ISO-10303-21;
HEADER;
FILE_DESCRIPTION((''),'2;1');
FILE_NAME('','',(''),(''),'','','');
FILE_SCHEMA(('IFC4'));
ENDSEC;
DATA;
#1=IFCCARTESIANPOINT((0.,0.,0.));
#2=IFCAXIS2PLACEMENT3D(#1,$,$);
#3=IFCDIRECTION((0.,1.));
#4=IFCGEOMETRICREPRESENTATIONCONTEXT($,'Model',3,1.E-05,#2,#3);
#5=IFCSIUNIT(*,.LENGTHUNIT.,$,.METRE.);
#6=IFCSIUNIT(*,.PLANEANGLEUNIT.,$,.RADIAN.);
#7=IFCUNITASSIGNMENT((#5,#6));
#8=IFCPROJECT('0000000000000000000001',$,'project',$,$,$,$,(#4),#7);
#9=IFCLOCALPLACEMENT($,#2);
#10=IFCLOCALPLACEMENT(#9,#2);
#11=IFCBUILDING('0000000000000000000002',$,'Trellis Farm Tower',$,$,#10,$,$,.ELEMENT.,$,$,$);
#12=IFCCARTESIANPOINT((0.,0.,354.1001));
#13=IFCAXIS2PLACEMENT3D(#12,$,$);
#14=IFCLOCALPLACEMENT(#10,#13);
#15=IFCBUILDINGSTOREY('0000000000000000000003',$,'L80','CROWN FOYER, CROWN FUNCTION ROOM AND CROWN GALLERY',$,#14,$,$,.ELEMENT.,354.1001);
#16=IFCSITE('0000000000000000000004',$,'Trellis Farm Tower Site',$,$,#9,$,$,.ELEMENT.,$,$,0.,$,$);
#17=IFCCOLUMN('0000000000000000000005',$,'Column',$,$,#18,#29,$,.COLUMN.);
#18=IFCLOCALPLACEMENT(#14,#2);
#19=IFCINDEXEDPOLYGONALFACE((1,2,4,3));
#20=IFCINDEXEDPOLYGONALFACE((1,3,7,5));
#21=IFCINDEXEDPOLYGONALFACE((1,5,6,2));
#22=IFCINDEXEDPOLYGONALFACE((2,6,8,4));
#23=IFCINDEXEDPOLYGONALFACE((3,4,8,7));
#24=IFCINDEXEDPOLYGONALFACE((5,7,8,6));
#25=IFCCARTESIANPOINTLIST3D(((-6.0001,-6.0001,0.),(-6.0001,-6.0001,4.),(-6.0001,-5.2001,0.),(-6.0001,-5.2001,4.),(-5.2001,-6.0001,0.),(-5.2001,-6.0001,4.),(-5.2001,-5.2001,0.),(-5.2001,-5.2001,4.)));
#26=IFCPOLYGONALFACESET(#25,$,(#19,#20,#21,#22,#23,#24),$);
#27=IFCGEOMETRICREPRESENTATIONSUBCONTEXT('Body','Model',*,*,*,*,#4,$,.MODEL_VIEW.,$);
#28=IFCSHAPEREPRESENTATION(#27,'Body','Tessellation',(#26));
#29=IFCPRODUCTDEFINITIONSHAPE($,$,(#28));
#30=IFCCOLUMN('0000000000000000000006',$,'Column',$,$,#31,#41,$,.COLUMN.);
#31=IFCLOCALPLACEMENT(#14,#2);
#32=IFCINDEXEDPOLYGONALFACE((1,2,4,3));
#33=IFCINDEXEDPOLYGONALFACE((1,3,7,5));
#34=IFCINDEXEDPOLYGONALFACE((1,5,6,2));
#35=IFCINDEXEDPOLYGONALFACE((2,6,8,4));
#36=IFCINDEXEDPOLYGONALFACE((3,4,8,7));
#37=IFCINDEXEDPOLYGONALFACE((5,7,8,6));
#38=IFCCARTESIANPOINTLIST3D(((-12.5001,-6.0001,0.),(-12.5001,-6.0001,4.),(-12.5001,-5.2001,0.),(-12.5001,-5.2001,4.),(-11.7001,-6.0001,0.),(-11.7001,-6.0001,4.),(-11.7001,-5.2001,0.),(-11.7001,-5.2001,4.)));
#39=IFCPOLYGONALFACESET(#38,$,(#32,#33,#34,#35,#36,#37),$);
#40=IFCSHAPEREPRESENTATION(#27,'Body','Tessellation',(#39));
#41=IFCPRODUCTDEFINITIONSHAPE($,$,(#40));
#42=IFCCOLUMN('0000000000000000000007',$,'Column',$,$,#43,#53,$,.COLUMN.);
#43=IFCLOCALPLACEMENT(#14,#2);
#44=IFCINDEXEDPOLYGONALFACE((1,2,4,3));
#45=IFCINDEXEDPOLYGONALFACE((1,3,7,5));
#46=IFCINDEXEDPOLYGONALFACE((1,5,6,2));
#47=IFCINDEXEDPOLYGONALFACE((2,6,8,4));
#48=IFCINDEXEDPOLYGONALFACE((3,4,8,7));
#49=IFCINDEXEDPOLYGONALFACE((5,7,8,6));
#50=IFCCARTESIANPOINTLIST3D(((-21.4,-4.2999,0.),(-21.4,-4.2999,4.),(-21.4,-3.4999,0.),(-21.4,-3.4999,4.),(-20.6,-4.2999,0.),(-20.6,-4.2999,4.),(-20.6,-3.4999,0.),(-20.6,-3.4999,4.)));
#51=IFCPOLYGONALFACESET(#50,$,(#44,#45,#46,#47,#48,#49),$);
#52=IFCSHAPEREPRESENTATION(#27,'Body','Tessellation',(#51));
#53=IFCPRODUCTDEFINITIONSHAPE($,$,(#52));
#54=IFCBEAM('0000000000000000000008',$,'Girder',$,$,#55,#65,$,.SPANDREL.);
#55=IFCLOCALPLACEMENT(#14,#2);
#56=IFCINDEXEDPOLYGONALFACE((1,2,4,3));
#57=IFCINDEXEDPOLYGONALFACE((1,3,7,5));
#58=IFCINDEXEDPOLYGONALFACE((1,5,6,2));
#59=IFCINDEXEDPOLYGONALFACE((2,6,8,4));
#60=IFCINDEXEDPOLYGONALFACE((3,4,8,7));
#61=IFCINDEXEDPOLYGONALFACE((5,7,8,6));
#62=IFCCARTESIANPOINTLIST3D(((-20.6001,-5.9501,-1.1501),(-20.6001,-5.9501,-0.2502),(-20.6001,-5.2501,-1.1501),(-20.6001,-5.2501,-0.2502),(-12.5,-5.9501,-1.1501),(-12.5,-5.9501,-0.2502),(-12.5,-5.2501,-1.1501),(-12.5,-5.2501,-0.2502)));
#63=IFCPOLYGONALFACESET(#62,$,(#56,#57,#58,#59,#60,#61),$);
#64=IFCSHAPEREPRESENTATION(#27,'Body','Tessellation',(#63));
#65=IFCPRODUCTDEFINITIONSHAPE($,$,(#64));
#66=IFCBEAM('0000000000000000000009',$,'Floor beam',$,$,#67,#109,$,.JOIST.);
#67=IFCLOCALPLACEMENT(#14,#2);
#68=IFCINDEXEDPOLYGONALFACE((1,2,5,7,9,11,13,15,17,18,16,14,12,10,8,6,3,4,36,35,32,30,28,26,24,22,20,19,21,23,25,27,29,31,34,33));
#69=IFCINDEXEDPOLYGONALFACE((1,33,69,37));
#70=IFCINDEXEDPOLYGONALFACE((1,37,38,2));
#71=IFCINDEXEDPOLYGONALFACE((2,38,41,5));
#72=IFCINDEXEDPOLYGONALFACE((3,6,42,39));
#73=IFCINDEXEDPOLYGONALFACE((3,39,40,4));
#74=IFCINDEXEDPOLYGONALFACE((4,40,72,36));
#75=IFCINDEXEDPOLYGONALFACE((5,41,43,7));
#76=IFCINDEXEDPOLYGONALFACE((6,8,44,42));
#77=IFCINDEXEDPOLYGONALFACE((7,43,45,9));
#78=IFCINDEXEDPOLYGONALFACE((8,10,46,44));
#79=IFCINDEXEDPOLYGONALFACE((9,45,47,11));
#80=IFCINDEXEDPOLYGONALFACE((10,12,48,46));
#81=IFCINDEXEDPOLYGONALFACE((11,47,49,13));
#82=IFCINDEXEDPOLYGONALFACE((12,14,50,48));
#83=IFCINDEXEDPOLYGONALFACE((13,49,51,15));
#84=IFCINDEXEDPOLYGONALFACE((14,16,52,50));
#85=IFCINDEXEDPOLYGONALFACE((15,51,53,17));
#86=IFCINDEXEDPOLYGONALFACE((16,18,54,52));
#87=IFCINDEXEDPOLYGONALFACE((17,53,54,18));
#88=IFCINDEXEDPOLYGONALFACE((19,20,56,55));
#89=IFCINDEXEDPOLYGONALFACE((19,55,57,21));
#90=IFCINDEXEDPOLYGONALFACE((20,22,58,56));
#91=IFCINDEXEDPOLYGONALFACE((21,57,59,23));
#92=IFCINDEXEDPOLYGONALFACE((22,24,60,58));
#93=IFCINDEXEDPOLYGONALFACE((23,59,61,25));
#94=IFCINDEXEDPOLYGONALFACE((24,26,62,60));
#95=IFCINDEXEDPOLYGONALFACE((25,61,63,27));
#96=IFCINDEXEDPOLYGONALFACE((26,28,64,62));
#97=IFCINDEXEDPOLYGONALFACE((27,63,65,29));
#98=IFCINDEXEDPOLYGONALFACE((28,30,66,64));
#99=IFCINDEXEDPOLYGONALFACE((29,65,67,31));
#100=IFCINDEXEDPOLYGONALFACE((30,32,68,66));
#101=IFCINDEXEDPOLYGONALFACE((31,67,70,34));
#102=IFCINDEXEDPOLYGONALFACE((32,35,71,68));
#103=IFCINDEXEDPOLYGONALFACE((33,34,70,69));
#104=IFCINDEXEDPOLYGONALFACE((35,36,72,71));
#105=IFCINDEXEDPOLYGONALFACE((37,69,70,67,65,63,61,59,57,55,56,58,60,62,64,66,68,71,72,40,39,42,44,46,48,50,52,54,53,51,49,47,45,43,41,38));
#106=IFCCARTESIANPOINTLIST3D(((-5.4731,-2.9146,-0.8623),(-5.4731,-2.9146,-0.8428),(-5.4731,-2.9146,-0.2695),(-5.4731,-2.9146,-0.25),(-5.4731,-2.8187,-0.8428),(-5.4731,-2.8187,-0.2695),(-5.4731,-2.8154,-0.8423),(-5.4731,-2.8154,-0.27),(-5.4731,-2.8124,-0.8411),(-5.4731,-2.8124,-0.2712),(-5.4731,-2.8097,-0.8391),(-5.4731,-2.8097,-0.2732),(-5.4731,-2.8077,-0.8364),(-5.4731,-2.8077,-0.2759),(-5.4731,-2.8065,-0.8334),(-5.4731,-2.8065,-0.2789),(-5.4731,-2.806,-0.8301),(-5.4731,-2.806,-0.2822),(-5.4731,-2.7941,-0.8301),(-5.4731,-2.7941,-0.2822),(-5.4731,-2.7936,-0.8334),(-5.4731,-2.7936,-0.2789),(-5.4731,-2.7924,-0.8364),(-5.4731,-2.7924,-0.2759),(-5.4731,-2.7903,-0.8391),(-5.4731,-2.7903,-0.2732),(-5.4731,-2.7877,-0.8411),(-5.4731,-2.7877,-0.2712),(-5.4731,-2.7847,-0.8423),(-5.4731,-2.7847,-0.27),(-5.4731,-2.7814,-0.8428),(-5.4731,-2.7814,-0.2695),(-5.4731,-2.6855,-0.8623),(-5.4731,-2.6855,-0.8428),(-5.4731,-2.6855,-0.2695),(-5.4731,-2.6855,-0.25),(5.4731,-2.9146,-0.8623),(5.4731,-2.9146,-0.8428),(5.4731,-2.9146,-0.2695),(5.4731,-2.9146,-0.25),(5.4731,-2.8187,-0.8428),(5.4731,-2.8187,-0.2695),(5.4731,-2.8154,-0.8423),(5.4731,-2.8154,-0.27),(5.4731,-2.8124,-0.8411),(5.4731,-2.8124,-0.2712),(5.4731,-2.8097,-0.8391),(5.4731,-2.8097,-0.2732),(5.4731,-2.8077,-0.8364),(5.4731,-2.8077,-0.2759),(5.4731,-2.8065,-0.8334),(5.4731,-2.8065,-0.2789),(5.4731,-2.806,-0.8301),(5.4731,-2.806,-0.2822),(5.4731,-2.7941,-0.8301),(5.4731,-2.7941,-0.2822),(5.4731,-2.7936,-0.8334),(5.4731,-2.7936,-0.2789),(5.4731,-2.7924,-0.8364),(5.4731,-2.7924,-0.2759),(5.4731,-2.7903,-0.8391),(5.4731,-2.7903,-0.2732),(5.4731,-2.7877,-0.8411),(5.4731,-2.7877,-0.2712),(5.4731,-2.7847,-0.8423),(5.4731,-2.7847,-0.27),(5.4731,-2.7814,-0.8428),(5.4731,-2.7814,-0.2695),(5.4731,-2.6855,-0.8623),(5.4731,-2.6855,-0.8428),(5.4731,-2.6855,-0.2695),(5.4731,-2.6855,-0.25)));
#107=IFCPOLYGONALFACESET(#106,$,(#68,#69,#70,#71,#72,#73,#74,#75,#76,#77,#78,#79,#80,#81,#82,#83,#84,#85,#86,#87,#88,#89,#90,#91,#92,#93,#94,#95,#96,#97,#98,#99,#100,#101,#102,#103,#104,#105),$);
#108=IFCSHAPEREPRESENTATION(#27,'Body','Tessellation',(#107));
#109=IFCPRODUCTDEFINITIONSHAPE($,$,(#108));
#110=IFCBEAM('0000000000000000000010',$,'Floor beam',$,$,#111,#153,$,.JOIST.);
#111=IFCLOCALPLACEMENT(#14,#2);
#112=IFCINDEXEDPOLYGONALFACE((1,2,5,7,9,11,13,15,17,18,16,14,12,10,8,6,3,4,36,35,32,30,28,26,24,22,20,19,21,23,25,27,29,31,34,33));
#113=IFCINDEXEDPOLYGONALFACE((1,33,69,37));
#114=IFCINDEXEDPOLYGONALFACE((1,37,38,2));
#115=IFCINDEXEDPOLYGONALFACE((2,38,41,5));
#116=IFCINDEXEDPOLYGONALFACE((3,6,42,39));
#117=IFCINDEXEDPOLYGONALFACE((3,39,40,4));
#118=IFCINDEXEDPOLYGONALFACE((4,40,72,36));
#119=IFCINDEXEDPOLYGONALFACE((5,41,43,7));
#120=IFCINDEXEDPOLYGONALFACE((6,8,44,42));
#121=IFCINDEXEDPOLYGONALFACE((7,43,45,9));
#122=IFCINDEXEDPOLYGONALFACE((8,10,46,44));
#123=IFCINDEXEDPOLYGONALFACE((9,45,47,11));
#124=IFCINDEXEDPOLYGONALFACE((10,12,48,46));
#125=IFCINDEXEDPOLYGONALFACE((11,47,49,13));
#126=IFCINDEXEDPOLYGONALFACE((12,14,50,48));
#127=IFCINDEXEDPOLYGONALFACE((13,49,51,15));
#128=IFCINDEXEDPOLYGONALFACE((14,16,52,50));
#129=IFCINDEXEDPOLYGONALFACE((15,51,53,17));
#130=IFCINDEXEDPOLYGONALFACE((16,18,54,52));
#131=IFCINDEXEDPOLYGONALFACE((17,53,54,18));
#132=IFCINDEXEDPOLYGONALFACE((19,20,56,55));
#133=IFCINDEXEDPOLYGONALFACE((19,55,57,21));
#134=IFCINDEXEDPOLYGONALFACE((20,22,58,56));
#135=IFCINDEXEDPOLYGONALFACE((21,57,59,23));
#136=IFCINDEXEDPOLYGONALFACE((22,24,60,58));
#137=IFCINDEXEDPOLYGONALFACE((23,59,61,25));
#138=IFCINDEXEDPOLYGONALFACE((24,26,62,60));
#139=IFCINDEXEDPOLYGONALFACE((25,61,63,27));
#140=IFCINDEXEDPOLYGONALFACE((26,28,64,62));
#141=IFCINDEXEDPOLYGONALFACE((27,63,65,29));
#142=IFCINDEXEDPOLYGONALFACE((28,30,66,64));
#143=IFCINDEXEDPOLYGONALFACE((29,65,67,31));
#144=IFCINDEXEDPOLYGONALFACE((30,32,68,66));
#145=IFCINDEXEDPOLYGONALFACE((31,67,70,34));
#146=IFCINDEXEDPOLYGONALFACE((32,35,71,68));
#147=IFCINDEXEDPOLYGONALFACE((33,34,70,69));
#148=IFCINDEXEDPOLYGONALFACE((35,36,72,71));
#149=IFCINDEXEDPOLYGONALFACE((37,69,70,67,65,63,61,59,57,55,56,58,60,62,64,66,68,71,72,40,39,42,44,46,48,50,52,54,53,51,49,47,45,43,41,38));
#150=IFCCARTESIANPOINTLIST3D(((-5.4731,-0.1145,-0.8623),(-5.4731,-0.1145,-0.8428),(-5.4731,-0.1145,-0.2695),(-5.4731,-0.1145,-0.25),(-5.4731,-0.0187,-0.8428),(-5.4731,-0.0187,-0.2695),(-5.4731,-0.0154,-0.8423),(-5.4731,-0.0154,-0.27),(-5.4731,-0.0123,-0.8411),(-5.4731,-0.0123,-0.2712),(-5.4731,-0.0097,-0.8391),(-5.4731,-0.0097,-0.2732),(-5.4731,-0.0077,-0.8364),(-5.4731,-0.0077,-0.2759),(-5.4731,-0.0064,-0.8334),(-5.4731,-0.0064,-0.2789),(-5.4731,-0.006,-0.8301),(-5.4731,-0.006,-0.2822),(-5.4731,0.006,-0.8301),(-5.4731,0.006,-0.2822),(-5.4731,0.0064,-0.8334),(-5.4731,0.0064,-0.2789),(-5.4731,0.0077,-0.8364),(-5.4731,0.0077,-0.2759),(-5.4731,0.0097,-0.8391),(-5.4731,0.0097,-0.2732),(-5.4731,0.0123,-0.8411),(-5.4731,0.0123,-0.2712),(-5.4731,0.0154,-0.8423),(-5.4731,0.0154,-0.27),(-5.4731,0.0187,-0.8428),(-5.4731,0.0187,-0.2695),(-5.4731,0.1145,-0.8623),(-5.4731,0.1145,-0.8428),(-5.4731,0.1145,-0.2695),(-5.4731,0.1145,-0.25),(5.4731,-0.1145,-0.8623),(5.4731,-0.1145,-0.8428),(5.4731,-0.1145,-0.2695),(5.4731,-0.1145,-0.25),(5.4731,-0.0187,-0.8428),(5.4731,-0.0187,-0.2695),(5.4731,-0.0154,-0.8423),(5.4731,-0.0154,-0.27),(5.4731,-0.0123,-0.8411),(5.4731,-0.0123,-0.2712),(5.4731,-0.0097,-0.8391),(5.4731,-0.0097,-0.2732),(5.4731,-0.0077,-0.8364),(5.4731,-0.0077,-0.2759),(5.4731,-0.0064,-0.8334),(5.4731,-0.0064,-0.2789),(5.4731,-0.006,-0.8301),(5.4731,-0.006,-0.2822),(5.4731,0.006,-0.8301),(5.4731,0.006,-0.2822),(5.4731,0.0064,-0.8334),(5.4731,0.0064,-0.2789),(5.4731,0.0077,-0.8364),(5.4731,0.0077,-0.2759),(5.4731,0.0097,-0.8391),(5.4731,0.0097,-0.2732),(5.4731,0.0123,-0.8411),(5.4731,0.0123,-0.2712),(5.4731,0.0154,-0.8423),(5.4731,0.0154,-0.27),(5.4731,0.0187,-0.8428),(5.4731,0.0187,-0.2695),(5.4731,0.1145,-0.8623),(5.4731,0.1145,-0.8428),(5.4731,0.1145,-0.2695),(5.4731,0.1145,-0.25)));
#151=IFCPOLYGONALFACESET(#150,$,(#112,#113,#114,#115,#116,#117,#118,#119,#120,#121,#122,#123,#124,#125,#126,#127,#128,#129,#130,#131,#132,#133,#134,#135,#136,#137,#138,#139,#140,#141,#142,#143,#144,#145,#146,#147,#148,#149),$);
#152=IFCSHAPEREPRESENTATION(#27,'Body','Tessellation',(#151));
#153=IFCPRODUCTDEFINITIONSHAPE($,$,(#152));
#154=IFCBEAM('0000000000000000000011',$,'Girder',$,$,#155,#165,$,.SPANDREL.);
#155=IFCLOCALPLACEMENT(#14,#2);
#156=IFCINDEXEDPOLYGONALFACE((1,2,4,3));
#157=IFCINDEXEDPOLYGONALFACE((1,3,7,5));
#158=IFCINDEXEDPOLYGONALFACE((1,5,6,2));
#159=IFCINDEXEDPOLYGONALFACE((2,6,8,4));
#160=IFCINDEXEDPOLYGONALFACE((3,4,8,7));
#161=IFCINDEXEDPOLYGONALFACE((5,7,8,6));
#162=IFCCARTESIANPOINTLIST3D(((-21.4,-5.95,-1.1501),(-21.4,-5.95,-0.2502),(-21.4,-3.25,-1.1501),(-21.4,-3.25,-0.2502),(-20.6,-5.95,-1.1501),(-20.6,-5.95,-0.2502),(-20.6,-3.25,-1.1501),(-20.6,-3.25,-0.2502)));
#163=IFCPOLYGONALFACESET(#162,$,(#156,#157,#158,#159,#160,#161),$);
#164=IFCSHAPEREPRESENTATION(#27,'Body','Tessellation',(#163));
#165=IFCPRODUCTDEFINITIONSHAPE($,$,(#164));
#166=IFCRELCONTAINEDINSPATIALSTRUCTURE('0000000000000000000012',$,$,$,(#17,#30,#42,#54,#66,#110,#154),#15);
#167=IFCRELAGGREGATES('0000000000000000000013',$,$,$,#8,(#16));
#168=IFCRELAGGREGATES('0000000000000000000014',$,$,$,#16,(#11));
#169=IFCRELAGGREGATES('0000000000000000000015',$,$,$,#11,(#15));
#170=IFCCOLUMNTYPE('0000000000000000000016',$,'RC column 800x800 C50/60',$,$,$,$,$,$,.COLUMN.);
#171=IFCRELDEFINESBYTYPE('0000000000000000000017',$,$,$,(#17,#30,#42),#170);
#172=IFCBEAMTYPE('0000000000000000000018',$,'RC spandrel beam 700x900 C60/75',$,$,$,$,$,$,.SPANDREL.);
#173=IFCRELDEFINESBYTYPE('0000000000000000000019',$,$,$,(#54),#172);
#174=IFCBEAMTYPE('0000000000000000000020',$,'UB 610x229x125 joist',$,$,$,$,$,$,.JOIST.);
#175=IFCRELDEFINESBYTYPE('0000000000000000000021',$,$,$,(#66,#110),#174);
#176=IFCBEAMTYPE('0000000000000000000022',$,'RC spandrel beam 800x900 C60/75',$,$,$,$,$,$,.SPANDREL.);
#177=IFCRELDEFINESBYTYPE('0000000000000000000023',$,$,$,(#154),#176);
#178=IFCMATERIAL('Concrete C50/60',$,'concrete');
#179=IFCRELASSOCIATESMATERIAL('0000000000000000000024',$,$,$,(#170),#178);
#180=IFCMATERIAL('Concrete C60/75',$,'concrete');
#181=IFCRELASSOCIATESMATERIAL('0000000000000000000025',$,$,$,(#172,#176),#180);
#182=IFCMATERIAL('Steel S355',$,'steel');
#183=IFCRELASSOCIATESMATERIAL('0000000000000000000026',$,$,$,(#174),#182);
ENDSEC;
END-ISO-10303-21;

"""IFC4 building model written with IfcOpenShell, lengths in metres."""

from ifc_helpers import new_model, si_unit, direction, frame, origin, origin_2d, place, context, subcontext, project, spatial, rectangle, i_section, extrude, source, transform, mapped, material, material_profile, profile_set, type_object, element, save


model = new_model("IFC4")

# Units and contexts
model_context = context("Model", 3, precision=1e-05, world=origin(), true_north=direction((0.0, 1.0)))
body_context = subcontext(model_context, "Body", "Model", "MODEL_VIEW")
ifc_project = project(units=[si_unit("LENGTHUNIT", "METRE"), si_unit("PLANEANGLEUNIT", "RADIAN")], contexts=[model_context])

# Site, building, storey
site_placement = place(None, origin())
site = spatial("IfcSite", under=ifc_project, at=site_placement, Name="Trellis Farm Tower Site", CompositionType="ELEMENT", RefElevation=0.0)
building_placement = place(site_placement, origin())
building = spatial("IfcBuilding", under=site, at=building_placement, Name="Trellis Farm Tower", CompositionType="ELEMENT")
storey_placement = place(building_placement, frame((0.0, 0.0, 354.1001)))
storey = spatial("IfcBuildingStorey", under=building, at=storey_placement, Name="L80", Description="CROWN FOYER, CROWN FUNCTION ROOM AND CROWN GALLERY", CompositionType="ELEMENT", Elevation=354.1001)

# Columns
ifc_material_1 = material(Name="Concrete C50/60", Category="concrete")
ifc_material_profile_1 = material_profile(ifc_material_1, rectangle(XDim=0.8, YDim=0.8, at=origin_2d()), Name="RC column 800x800 C50/60")
ifc_profile_set_1 = profile_set([ifc_material_profile_1], Name="Concrete C50/60")
column_type = type_object("IfcColumnType", Name="RC column 800x800 C50/60", PredefinedType="COLUMN", material=ifc_profile_set_1)
shared_shape_1 = source(origin(), body_context, "Body", "SweptSolid", [
    extrude(rectangle(XDim=0.8, YDim=0.8, at=origin_2d()), origin(), (0.0, 0.0, 1.0), 4.0),
])
for number, where, z_axis, x_axis, name in (
    (1, (-5.6001, -5.6001, 0.0), (0.0, 0.0, 1.0), (1.0, 0.0, 0.0), "Column"),
    (2, (-12.1001, -5.6001, 0.0), (0.0, 0.0, 1.0), (1.0, 0.0, 0.0), "Column"),
    (3, (-21.0, -3.8999, 0.0), (0.0, 0.0, 1.0), (1.0, 0.0, 0.0), "Column"),
):
    element("IfcColumn", number, at=place(storey_placement, frame(where, z_axis=z_axis, x_axis=x_axis)), inside=storey, type_object=column_type, Name=name, PredefinedType="COLUMN", context=body_context, shape_type="MappedRepresentation", body=[
        mapped(shared_shape_1, transform((0.0, 0.0, 0.0))),
    ])

# Beams
ifc_material_2 = material(Name="Concrete C60/75", Category="concrete")
ifc_material_profile_2 = material_profile(ifc_material_2, rectangle(XDim=0.7, YDim=0.8999, at=origin_2d()), Name="RC spandrel beam 700x900 C60/75")
ifc_profile_set_2 = profile_set([ifc_material_profile_2], Name="Concrete C60/75")
beam_type_1 = type_object("IfcBeamType", Name="RC spandrel beam 700x900 C60/75", PredefinedType="SPANDREL", material=ifc_profile_set_2)
shared_shape_2 = source(origin(), body_context, "Body", "SweptSolid", [
    extrude(rectangle(XDim=0.7, YDim=0.8999, at=origin_2d()), origin(), (0.0, 0.0, 1.0), 8.1001),
])
beam_1_placement = place(storey_placement, frame((-20.6001, -5.6001, -0.7002), z_axis=(1.0, 0.0, 0.0), x_axis=(0.0, 1.0, 0.0)))
element("IfcBeam", 4, at=beam_1_placement, inside=storey, type_object=beam_type_1, Name="Girder", PredefinedType="SPANDREL", context=body_context, shape_type="MappedRepresentation", body=[
    mapped(shared_shape_2, transform((0.0, 0.0, 0.0))),
])
ifc_material_3 = material(Name="Steel S355", Category="steel")
ifc_material_profile_3 = material_profile(ifc_material_3, i_section(OverallWidth=0.229, OverallDepth=0.6123, WebThickness=0.012, FlangeThickness=0.0195, FilletRadius=0.0127, at=origin_2d()), Name="UB 610x229x125")
ifc_profile_set_3 = profile_set([ifc_material_profile_3], Name="Steel S355")
beam_type_2 = type_object("IfcBeamType", Name="UB 610x229x125 joist", PredefinedType="JOIST", material=ifc_profile_set_3)
shared_shape_3 = source(origin(), body_context, "Body", "SweptSolid", [
    extrude(i_section(OverallWidth=0.229, OverallDepth=0.6123, WebThickness=0.012, FlangeThickness=0.0195, FilletRadius=0.0127, at=origin_2d()), origin(), (0.0, 0.0, 1.0), 10.9463),
])
for number, where, z_axis, x_axis, name in (
    (5, (-5.4731, -2.8, -0.5562), (1.0, 0.0, 0.0), (0.0, 1.0, 0.0), "Floor beam"),
    (6, (-5.4731, 0.0, -0.5562), (1.0, 0.0, 0.0), (0.0, 1.0, 0.0), "Floor beam"),
):
    element("IfcBeam", number, at=place(storey_placement, frame(where, z_axis=z_axis, x_axis=x_axis)), inside=storey, type_object=beam_type_2, Name=name, PredefinedType="JOIST", context=body_context, shape_type="MappedRepresentation", body=[
        mapped(shared_shape_3, transform((0.0, 0.0, 0.0))),
    ])
ifc_material_profile_4 = material_profile(ifc_material_2, rectangle(XDim=0.8, YDim=0.8999, at=origin_2d()), Name="RC spandrel beam 800x900 C60/75")
ifc_profile_set_4 = profile_set([ifc_material_profile_4], Name="Concrete C60/75")
beam_type_3 = type_object("IfcBeamType", Name="RC spandrel beam 800x900 C60/75", PredefinedType="SPANDREL", material=ifc_profile_set_4)
shared_shape_4 = source(origin(), body_context, "Body", "SweptSolid", [
    extrude(rectangle(XDim=0.8, YDim=0.8999, at=origin_2d()), origin(), (0.0, 0.0, 1.0), 2.7),
])
beam_2_placement = place(storey_placement, frame((-21.0, -5.95, -0.7002), z_axis=(0.0, 1.0, 0.0), x_axis=(-1.0, 0.0, 0.0)))
element("IfcBeam", 7, at=beam_2_placement, inside=storey, type_object=beam_type_3, Name="Girder", PredefinedType="SPANDREL", context=body_context, shape_type="MappedRepresentation", body=[
    mapped(shared_shape_4, transform((0.0, 0.0, 0.0))),
])

save(model, "model.ifc")
